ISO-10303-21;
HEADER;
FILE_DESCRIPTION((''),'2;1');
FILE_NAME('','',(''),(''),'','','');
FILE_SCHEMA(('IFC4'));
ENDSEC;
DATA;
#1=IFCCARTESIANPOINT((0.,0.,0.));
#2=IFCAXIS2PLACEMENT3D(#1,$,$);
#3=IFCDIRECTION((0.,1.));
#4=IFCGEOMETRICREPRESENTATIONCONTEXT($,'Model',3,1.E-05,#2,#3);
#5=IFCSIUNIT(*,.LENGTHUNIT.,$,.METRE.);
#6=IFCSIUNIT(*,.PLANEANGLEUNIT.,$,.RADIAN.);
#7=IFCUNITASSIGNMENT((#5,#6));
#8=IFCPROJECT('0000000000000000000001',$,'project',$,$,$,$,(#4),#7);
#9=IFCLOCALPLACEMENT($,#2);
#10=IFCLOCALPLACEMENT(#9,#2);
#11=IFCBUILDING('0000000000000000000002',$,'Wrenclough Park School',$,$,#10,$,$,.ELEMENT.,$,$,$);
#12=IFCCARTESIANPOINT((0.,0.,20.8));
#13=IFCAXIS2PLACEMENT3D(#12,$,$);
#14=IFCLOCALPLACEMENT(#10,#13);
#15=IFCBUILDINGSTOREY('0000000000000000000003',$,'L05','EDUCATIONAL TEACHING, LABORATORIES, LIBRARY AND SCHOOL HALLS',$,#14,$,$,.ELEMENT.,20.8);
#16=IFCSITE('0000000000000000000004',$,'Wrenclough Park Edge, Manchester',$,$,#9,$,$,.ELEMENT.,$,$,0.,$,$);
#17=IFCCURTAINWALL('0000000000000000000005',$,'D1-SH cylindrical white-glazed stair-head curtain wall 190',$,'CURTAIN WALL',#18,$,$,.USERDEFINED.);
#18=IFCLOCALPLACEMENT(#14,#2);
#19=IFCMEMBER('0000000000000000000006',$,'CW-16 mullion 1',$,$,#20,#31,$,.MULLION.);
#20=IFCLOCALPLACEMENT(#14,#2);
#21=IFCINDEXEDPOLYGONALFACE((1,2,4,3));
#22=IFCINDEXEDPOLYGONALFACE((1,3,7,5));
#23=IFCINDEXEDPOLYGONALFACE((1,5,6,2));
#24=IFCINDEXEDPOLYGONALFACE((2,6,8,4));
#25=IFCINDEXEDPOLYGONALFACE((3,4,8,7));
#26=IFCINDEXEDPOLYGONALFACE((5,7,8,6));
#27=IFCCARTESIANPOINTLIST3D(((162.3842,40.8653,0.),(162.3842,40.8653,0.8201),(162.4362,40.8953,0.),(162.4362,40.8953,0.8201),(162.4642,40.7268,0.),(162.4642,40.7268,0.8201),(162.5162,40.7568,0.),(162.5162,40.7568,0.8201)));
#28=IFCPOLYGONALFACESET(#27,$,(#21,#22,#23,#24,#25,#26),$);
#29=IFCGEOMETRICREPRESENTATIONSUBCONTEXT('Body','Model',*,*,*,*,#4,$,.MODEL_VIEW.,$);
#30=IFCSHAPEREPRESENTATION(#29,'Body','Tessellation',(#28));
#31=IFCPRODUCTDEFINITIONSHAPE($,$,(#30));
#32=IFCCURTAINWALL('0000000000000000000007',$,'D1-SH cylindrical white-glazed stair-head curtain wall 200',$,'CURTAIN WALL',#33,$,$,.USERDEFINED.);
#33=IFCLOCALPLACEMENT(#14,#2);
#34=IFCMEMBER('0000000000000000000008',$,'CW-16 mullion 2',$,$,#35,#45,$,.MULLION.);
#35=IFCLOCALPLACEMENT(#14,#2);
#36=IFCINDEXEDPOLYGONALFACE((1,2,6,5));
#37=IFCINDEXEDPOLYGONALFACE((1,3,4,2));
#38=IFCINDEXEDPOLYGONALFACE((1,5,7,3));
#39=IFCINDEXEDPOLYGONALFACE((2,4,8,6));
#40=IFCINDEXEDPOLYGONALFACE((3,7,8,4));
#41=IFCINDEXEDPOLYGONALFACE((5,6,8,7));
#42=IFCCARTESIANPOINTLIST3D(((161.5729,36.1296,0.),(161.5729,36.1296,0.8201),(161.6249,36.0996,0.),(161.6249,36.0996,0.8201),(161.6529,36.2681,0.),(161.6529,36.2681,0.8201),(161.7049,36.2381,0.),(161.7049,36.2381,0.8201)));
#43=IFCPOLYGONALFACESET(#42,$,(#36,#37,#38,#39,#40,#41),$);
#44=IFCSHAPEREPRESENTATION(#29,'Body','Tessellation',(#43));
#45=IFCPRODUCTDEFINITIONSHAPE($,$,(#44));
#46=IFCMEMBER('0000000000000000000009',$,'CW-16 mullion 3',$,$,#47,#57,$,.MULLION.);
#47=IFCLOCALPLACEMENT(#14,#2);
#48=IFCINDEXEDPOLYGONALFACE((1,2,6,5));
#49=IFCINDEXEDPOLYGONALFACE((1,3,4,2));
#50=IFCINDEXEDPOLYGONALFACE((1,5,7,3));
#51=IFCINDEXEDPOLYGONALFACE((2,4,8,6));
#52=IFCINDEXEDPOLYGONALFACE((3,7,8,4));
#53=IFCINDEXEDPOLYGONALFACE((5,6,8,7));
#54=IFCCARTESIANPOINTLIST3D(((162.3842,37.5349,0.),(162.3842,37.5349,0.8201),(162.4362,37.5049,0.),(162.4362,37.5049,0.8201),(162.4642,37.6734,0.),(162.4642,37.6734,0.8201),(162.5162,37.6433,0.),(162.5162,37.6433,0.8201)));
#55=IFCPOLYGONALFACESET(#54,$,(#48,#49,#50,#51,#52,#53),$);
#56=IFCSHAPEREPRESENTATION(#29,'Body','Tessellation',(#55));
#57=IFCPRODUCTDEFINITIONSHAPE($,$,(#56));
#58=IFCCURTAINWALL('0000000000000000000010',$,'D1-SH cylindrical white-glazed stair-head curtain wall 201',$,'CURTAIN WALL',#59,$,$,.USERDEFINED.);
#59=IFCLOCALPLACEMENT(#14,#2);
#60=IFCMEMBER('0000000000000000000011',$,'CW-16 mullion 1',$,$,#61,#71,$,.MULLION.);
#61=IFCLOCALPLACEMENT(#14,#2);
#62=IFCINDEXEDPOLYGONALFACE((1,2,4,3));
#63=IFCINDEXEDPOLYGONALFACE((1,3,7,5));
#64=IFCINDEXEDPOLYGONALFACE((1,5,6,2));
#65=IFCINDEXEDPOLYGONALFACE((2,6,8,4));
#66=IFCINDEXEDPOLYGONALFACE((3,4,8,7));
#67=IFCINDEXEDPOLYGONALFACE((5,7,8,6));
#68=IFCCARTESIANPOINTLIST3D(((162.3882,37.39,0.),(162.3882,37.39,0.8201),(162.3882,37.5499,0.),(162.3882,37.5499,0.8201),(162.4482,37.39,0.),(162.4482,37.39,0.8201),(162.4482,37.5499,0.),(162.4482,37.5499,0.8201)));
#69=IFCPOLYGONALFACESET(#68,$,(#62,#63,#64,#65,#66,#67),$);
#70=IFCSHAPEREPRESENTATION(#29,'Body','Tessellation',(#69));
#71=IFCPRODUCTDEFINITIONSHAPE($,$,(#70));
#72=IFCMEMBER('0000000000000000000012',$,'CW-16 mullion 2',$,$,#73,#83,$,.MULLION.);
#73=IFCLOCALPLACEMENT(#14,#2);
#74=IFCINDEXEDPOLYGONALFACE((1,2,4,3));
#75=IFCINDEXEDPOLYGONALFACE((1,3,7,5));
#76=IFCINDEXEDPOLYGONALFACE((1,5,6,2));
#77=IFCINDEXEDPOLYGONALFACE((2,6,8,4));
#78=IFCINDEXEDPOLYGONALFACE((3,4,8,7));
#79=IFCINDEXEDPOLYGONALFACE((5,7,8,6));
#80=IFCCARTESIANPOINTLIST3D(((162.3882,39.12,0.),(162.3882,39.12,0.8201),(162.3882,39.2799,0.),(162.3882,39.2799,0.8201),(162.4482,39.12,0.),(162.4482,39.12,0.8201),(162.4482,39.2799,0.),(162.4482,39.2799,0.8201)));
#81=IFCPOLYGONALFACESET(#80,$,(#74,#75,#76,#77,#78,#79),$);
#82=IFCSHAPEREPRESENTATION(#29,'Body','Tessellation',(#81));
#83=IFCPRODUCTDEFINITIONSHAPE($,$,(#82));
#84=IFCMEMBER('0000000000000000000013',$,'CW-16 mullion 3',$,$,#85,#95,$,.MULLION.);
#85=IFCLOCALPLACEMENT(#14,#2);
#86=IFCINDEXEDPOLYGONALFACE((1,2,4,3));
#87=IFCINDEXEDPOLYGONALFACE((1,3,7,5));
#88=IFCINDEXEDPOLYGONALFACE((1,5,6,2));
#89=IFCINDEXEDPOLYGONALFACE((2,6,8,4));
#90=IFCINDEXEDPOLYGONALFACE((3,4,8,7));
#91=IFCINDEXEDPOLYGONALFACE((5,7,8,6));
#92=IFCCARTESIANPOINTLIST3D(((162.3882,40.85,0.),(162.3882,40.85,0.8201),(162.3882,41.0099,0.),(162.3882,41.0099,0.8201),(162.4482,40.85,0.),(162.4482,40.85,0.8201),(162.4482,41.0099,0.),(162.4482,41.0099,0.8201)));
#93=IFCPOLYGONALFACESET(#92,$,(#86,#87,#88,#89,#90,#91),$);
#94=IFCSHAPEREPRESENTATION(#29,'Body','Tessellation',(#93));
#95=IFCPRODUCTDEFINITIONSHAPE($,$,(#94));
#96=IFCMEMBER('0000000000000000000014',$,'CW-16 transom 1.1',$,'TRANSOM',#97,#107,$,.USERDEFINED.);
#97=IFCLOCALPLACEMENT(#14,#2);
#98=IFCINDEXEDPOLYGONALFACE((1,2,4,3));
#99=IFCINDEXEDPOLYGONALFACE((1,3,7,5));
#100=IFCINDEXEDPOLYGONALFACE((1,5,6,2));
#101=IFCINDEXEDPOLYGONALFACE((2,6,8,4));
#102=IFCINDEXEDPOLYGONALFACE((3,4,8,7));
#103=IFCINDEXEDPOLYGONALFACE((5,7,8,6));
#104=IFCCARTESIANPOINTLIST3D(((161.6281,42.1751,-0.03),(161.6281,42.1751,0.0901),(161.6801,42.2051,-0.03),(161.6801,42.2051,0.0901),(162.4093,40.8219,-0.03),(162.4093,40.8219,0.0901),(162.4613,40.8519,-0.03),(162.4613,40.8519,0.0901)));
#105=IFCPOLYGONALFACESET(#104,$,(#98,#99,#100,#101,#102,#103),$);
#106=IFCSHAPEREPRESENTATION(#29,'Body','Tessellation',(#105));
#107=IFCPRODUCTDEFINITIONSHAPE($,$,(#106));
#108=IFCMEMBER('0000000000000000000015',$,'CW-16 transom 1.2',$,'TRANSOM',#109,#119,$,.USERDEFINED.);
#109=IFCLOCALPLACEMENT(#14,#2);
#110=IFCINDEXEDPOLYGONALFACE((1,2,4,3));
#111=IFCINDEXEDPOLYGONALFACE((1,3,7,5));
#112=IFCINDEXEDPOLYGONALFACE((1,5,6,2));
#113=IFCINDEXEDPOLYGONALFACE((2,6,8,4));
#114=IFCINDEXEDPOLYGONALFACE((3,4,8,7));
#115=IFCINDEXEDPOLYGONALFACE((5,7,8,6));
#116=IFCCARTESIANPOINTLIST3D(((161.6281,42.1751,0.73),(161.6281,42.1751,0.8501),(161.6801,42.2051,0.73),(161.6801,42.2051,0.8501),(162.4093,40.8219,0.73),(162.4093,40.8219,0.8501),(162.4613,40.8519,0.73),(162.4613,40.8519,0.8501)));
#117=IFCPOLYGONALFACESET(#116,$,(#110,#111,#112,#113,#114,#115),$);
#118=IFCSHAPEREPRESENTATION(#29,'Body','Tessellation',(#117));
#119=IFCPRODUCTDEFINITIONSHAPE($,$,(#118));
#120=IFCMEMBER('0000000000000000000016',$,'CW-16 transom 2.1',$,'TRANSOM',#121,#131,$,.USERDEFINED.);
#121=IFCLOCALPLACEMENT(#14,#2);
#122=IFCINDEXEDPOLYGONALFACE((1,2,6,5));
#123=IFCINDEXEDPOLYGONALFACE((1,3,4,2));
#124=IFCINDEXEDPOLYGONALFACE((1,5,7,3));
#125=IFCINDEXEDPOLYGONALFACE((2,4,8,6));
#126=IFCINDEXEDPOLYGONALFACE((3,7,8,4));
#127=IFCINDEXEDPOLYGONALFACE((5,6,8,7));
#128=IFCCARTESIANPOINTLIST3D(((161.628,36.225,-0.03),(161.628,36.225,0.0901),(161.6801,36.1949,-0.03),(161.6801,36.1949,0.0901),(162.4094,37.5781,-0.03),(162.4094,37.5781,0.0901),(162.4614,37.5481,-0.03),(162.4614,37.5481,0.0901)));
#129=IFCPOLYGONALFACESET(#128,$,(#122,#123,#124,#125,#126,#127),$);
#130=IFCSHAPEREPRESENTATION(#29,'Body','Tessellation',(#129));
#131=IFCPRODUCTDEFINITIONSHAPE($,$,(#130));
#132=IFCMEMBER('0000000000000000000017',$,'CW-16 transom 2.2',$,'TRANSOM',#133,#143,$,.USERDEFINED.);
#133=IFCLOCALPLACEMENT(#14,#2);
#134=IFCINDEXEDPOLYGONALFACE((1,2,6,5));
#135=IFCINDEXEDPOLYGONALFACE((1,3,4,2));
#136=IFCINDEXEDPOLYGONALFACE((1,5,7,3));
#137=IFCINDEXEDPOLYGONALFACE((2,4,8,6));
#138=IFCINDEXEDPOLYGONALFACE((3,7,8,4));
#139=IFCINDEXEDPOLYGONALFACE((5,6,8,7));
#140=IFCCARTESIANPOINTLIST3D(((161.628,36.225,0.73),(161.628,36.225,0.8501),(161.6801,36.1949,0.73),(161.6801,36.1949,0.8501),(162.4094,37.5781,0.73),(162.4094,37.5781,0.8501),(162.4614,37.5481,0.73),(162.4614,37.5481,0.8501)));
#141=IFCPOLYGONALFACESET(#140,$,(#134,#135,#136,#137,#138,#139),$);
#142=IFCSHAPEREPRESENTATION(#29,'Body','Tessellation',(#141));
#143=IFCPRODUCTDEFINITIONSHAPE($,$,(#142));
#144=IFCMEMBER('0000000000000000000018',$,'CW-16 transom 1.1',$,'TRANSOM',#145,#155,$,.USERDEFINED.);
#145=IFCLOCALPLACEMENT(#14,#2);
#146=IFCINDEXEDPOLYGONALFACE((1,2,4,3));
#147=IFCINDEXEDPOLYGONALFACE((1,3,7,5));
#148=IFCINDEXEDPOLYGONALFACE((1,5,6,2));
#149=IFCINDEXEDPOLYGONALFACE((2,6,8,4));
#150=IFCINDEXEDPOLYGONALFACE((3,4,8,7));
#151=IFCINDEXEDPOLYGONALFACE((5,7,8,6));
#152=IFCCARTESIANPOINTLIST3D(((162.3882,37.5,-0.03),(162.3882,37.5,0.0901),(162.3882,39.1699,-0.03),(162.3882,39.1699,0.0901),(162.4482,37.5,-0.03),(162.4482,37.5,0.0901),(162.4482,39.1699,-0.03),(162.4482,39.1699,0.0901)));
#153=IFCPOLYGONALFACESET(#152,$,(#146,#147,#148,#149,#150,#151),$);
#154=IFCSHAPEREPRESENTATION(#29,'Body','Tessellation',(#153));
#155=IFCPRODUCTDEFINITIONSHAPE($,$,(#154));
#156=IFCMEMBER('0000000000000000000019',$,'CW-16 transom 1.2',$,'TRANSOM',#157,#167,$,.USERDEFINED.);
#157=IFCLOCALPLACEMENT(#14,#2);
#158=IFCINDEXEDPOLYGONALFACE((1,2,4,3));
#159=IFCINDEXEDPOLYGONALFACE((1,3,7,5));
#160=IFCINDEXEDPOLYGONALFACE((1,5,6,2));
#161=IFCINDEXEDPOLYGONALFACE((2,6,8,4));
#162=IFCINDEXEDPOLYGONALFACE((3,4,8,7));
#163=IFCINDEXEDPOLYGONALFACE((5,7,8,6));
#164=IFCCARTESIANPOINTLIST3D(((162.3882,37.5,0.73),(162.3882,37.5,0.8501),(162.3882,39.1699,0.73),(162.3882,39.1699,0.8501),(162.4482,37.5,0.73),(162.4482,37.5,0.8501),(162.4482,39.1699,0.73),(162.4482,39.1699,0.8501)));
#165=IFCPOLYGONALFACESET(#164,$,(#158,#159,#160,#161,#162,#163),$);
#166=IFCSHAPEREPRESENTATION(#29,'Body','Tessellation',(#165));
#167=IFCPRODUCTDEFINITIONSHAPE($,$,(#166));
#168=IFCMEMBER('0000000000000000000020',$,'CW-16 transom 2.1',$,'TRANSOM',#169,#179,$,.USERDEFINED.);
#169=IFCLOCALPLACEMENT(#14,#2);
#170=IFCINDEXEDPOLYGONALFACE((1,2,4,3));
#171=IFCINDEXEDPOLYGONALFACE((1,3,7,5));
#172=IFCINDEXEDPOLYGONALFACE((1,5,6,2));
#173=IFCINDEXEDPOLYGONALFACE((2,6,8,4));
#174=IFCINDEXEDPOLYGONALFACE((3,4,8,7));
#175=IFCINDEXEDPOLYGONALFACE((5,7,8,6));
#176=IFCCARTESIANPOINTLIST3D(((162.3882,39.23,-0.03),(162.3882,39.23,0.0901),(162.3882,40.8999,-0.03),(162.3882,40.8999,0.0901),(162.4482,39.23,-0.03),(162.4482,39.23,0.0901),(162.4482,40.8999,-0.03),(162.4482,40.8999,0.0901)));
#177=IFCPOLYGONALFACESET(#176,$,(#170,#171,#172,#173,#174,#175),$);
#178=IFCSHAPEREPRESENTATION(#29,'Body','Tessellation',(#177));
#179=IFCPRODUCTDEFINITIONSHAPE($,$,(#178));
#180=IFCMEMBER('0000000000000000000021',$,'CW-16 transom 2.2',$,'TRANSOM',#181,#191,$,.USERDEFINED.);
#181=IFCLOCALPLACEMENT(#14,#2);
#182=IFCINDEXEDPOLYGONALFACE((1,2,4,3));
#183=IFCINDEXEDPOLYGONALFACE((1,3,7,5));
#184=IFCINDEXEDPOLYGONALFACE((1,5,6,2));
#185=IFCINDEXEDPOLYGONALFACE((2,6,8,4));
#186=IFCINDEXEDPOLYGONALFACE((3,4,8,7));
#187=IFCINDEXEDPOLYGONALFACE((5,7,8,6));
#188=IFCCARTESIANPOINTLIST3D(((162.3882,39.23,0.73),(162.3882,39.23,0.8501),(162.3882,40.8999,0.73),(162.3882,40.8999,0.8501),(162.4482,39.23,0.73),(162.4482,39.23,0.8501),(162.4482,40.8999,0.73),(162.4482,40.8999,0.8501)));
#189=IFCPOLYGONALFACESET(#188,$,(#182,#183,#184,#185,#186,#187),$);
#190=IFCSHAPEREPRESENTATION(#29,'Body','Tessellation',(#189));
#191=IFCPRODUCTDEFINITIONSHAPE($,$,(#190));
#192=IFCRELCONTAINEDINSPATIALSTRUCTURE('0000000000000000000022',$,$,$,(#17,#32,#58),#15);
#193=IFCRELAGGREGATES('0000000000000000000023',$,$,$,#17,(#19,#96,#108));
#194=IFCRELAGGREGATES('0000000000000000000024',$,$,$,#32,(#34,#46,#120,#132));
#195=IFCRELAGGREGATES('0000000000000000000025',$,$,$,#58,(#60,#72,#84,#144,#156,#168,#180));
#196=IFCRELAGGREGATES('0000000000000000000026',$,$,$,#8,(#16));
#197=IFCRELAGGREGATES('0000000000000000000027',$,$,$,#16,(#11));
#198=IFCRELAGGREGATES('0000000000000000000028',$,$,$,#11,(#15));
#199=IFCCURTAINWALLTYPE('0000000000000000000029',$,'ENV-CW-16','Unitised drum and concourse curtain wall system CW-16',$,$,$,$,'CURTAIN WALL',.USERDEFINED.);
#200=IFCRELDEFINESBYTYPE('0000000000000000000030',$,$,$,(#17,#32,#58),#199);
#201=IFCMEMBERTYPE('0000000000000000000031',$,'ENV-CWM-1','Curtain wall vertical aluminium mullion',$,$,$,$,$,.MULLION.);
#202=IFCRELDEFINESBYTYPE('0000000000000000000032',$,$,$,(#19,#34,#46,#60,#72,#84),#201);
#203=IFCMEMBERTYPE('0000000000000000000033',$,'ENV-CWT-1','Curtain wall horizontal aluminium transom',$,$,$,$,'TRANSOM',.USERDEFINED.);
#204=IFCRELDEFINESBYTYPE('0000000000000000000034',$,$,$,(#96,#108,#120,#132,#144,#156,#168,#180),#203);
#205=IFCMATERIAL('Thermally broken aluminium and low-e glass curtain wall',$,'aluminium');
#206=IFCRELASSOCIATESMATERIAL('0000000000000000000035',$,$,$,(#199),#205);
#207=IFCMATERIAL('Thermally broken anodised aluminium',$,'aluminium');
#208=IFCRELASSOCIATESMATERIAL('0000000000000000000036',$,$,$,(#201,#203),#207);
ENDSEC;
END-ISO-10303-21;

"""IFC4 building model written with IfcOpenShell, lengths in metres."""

from ifc_helpers import new_model, si_unit, direction, frame, origin, origin_2d, place, context, subcontext, project, spatial, rectangle, extrude, material, material_profile, profile_set, type_object, element, aggregate, save


model = new_model("IFC4")

# Units and contexts
model_context = context("Model", 3, precision=1e-05, world=origin(), true_north=direction((0.0, 1.0)))
body_context = subcontext(model_context, "Body", "Model", "MODEL_VIEW")
ifc_project = project(units=[si_unit("LENGTHUNIT", "METRE"), si_unit("PLANEANGLEUNIT", "RADIAN")], contexts=[model_context])

# Site, building, storey
site_placement = place(None, origin())
site = spatial("IfcSite", under=ifc_project, at=site_placement, Name="Wrenclough Park Edge, Manchester", CompositionType="ELEMENT", RefElevation=0.0)
building_placement = place(site_placement, origin())
building = spatial("IfcBuilding", under=site, at=building_placement, Name="Wrenclough Park School", CompositionType="ELEMENT")
storey_placement = place(building_placement, frame((0.0, 0.0, 20.8)))
storey = spatial("IfcBuildingStorey", under=building, at=storey_placement, Name="L05", Description="EDUCATIONAL TEACHING, LABORATORIES, LIBRARY AND SCHOOL HALLS", CompositionType="ELEMENT", Elevation=20.8)

# Curtain wall, member
ifc_material_1 = material(Name="Thermally broken aluminium and low-e glass curtain wall", Category="aluminium")
curtain_wall_type = type_object("IfcCurtainWallType", Name="ENV-CW-16", Description="Unitised drum and concourse curtain wall system CW-16", ElementType="CURTAIN WALL", PredefinedType="USERDEFINED", material=ifc_material_1)
curtain_wall_1_placement = place(storey_placement, origin())
curtain_wall_1 = element("IfcCurtainWall", 1, at=curtain_wall_1_placement, inside=storey, type_object=curtain_wall_type, Name="D1-SH cylindrical white-glazed stair-head curtain wall 190", ObjectType="CURTAIN WALL", PredefinedType="USERDEFINED")
ifc_material_2 = material(Name="Thermally broken anodised aluminium", Category="aluminium")
ifc_material_profile_1 = material_profile(ifc_material_2, rectangle(XDim=0.0601, YDim=0.1599, at=origin_2d()), Name="AL MULLION 60x160")
ifc_profile_set_1 = profile_set([ifc_material_profile_1], Name="Thermally broken anodised aluminium")
member_type_1 = type_object("IfcMemberType", Name="ENV-CWM-1", Description="Curtain wall vertical aluminium mullion", PredefinedType="MULLION", material=ifc_profile_set_1)
member_1_placement = place(storey_placement, frame((162.4502, 40.811, 0.0), z_axis=(0.0, 0.0, 1.0), x_axis=(-0.866017, -0.500015, 0.0)))
member_1 = element("IfcMember", 2, at=member_1_placement, type_object=member_type_1, Name="CW-16 mullion 1", PredefinedType="MULLION", context=body_context, shape_type="SweptSolid", body=[
    extrude(rectangle(XDim=0.0601, YDim=0.1599, at=origin_2d()), origin(), (0.0, 0.0, 1.0), 0.8201),
])

# Curtain walls, members
curtain_wall_2_placement = place(storey_placement, origin())
curtain_wall_2 = element("IfcCurtainWall", 3, at=curtain_wall_2_placement, inside=storey, type_object=curtain_wall_type, Name="D1-SH cylindrical white-glazed stair-head curtain wall 200", ObjectType="CURTAIN WALL", PredefinedType="USERDEFINED")
member_2_placement = place(storey_placement, frame((161.6389, 36.1838, 0.0), z_axis=(0.0, 0.0, 1.0), x_axis=(-0.866017, 0.500015, 0.0)))
member_2 = element("IfcMember", 4, at=member_2_placement, type_object=member_type_1, Name="CW-16 mullion 2", PredefinedType="MULLION", context=body_context, shape_type="SweptSolid", body=[
    extrude(rectangle(XDim=0.0601, YDim=0.1599, at=origin_2d()), origin(), (0.0, 0.0, 1.0), 0.8201),
])
member_3_placement = place(storey_placement, frame((162.4502, 37.5891, 0.0), z_axis=(0.0, 0.0, 1.0), x_axis=(-0.866017, 0.500015, 0.0)))
member_3 = element("IfcMember", 5, at=member_3_placement, type_object=member_type_1, Name="CW-16 mullion 3", PredefinedType="MULLION", context=body_context, shape_type="SweptSolid", body=[
    extrude(rectangle(XDim=0.0601, YDim=0.1599, at=origin_2d()), origin(), (0.0, 0.0, 1.0), 0.8201),
])
curtain_wall_3_placement = place(storey_placement, origin())
curtain_wall_3 = element("IfcCurtainWall", 6, at=curtain_wall_3_placement, inside=storey, type_object=curtain_wall_type, Name="D1-SH cylindrical white-glazed stair-head curtain wall 201", ObjectType="CURTAIN WALL", PredefinedType="USERDEFINED")
member_4_placement = place(storey_placement, frame((162.4182, 37.47, 0.0), z_axis=(0.0, 0.0, 1.0), x_axis=(-1.0, 0.0, 0.0)))
member_4 = element("IfcMember", 7, at=member_4_placement, type_object=member_type_1, Name="CW-16 mullion 1", PredefinedType="MULLION", context=body_context, shape_type="SweptSolid", body=[
    extrude(rectangle(XDim=0.0601, YDim=0.1599, at=origin_2d()), origin(), (0.0, 0.0, 1.0), 0.8201),
])
member_5_placement = place(storey_placement, frame((162.4182, 39.2, 0.0), z_axis=(0.0, 0.0, 1.0), x_axis=(-1.0, 0.0, 0.0)))
member_5 = element("IfcMember", 8, at=member_5_placement, type_object=member_type_1, Name="CW-16 mullion 2", PredefinedType="MULLION", context=body_context, shape_type="SweptSolid", body=[
    extrude(rectangle(XDim=0.0601, YDim=0.1599, at=origin_2d()), origin(), (0.0, 0.0, 1.0), 0.8201),
])
member_6_placement = place(storey_placement, frame((162.4182, 40.9299, 0.0), z_axis=(0.0, 0.0, 1.0), x_axis=(-1.0, 0.0, 0.0)))
member_6 = element("IfcMember", 9, at=member_6_placement, type_object=member_type_1, Name="CW-16 mullion 3", PredefinedType="MULLION", context=body_context, shape_type="SweptSolid", body=[
    extrude(rectangle(XDim=0.0601, YDim=0.1599, at=origin_2d()), origin(), (0.0, 0.0, 1.0), 0.8201),
])

# Members
ifc_material_profile_2 = material_profile(ifc_material_2, rectangle(XDim=0.0601, YDim=0.1201, at=origin_2d()), Name="AL TRANSOM 60x120")
ifc_profile_set_2 = profile_set([ifc_material_profile_2], Name="Thermally broken anodised aluminium")
member_type_2 = type_object("IfcMemberType", Name="ENV-CWT-1", Description="Curtain wall horizontal aluminium transom", ElementType="TRANSOM", PredefinedType="USERDEFINED", material=ifc_profile_set_2)
member_7_placement = place(storey_placement, frame((162.4353, 40.8369, 0.03), z_axis=(-0.49997, 0.866042, 0.0), x_axis=(-0.866042, -0.49997, 0.0)))
member_7 = element("IfcMember", 10, at=member_7_placement, type_object=member_type_2, Name="CW-16 transom 1.1", ObjectType="TRANSOM", PredefinedType="USERDEFINED", context=body_context, shape_type="SweptSolid", body=[
    extrude(rectangle(XDim=0.0601, YDim=0.1201, at=origin_2d()), origin(), (0.0, 0.0, 1.0), 1.5625),
])
member_8_placement = place(storey_placement, frame((162.4353, 40.8369, 0.79), z_axis=(-0.49997, 0.866042, 0.0), x_axis=(-0.866042, -0.49997, 0.0)))
member_8 = element("IfcMember", 11, at=member_8_placement, type_object=member_type_2, Name="CW-16 transom 1.2", ObjectType="TRANSOM", PredefinedType="USERDEFINED", context=body_context, shape_type="SweptSolid", body=[
    extrude(rectangle(XDim=0.0601, YDim=0.1201, at=origin_2d()), origin(), (0.0, 0.0, 1.0), 1.5625),
])
member_9_placement = place(storey_placement, frame((161.6541, 36.21, 0.03), z_axis=(0.500038, 0.866003, 0.0), x_axis=(-0.866003, 0.500038, 0.0)))
member_9 = element("IfcMember", 12, at=member_9_placement, type_object=member_type_2, Name="CW-16 transom 2.1", ObjectType="TRANSOM", PredefinedType="USERDEFINED", context=body_context, shape_type="SweptSolid", body=[
    extrude(rectangle(XDim=0.0601, YDim=0.1201, at=origin_2d()), origin(), (0.0, 0.0, 1.0), 1.5625),
])
member_10_placement = place(storey_placement, frame((161.6541, 36.21, 0.79), z_axis=(0.500038, 0.866003, 0.0), x_axis=(-0.866003, 0.500038, 0.0)))
member_10 = element("IfcMember", 13, at=member_10_placement, type_object=member_type_2, Name="CW-16 transom 2.2", ObjectType="TRANSOM", PredefinedType="USERDEFINED", context=body_context, shape_type="SweptSolid", body=[
    extrude(rectangle(XDim=0.0601, YDim=0.1201, at=origin_2d()), origin(), (0.0, 0.0, 1.0), 1.5625),
])
member_11_placement = place(storey_placement, frame((162.4182, 37.5, 0.03), z_axis=(0.0, 1.0, 0.0), x_axis=(-1.0, 0.0, 0.0)))
member_11 = element("IfcMember", 14, at=member_11_placement, type_object=member_type_2, Name="CW-16 transom 1.1", ObjectType="TRANSOM", PredefinedType="USERDEFINED", context=body_context, shape_type="SweptSolid", body=[
    extrude(rectangle(XDim=0.0601, YDim=0.1201, at=origin_2d()), origin(), (0.0, 0.0, 1.0), 1.6699),
])
member_12_placement = place(storey_placement, frame((162.4182, 37.5, 0.79), z_axis=(0.0, 1.0, 0.0), x_axis=(-1.0, 0.0, 0.0)))
member_12 = element("IfcMember", 15, at=member_12_placement, type_object=member_type_2, Name="CW-16 transom 1.2", ObjectType="TRANSOM", PredefinedType="USERDEFINED", context=body_context, shape_type="SweptSolid", body=[
    extrude(rectangle(XDim=0.0601, YDim=0.1201, at=origin_2d()), origin(), (0.0, 0.0, 1.0), 1.6699),
])
member_13_placement = place(storey_placement, frame((162.4182, 39.23, 0.03), z_axis=(0.0, 1.0, 0.0), x_axis=(-1.0, 0.0, 0.0)))
member_13 = element("IfcMember", 16, at=member_13_placement, type_object=member_type_2, Name="CW-16 transom 2.1", ObjectType="TRANSOM", PredefinedType="USERDEFINED", context=body_context, shape_type="SweptSolid", body=[
    extrude(rectangle(XDim=0.0601, YDim=0.1201, at=origin_2d()), origin(), (0.0, 0.0, 1.0), 1.6699),
])
member_14_placement = place(storey_placement, frame((162.4182, 39.23, 0.79), z_axis=(0.0, 1.0, 0.0), x_axis=(-1.0, 0.0, 0.0)))
member_14 = element("IfcMember", 17, at=member_14_placement, type_object=member_type_2, Name="CW-16 transom 2.2", ObjectType="TRANSOM", PredefinedType="USERDEFINED", context=body_context, shape_type="SweptSolid", body=[
    extrude(rectangle(XDim=0.0601, YDim=0.1201, at=origin_2d()), origin(), (0.0, 0.0, 1.0), 1.6699),
])

aggregate(curtain_wall_1, [member_1, member_7, member_8])
aggregate(curtain_wall_2, [member_2, member_3, member_9, member_10])
aggregate(curtain_wall_3, [member_4, member_5, member_6, member_11, member_12, member_13, member_14])

save(model, "model.ifc")
